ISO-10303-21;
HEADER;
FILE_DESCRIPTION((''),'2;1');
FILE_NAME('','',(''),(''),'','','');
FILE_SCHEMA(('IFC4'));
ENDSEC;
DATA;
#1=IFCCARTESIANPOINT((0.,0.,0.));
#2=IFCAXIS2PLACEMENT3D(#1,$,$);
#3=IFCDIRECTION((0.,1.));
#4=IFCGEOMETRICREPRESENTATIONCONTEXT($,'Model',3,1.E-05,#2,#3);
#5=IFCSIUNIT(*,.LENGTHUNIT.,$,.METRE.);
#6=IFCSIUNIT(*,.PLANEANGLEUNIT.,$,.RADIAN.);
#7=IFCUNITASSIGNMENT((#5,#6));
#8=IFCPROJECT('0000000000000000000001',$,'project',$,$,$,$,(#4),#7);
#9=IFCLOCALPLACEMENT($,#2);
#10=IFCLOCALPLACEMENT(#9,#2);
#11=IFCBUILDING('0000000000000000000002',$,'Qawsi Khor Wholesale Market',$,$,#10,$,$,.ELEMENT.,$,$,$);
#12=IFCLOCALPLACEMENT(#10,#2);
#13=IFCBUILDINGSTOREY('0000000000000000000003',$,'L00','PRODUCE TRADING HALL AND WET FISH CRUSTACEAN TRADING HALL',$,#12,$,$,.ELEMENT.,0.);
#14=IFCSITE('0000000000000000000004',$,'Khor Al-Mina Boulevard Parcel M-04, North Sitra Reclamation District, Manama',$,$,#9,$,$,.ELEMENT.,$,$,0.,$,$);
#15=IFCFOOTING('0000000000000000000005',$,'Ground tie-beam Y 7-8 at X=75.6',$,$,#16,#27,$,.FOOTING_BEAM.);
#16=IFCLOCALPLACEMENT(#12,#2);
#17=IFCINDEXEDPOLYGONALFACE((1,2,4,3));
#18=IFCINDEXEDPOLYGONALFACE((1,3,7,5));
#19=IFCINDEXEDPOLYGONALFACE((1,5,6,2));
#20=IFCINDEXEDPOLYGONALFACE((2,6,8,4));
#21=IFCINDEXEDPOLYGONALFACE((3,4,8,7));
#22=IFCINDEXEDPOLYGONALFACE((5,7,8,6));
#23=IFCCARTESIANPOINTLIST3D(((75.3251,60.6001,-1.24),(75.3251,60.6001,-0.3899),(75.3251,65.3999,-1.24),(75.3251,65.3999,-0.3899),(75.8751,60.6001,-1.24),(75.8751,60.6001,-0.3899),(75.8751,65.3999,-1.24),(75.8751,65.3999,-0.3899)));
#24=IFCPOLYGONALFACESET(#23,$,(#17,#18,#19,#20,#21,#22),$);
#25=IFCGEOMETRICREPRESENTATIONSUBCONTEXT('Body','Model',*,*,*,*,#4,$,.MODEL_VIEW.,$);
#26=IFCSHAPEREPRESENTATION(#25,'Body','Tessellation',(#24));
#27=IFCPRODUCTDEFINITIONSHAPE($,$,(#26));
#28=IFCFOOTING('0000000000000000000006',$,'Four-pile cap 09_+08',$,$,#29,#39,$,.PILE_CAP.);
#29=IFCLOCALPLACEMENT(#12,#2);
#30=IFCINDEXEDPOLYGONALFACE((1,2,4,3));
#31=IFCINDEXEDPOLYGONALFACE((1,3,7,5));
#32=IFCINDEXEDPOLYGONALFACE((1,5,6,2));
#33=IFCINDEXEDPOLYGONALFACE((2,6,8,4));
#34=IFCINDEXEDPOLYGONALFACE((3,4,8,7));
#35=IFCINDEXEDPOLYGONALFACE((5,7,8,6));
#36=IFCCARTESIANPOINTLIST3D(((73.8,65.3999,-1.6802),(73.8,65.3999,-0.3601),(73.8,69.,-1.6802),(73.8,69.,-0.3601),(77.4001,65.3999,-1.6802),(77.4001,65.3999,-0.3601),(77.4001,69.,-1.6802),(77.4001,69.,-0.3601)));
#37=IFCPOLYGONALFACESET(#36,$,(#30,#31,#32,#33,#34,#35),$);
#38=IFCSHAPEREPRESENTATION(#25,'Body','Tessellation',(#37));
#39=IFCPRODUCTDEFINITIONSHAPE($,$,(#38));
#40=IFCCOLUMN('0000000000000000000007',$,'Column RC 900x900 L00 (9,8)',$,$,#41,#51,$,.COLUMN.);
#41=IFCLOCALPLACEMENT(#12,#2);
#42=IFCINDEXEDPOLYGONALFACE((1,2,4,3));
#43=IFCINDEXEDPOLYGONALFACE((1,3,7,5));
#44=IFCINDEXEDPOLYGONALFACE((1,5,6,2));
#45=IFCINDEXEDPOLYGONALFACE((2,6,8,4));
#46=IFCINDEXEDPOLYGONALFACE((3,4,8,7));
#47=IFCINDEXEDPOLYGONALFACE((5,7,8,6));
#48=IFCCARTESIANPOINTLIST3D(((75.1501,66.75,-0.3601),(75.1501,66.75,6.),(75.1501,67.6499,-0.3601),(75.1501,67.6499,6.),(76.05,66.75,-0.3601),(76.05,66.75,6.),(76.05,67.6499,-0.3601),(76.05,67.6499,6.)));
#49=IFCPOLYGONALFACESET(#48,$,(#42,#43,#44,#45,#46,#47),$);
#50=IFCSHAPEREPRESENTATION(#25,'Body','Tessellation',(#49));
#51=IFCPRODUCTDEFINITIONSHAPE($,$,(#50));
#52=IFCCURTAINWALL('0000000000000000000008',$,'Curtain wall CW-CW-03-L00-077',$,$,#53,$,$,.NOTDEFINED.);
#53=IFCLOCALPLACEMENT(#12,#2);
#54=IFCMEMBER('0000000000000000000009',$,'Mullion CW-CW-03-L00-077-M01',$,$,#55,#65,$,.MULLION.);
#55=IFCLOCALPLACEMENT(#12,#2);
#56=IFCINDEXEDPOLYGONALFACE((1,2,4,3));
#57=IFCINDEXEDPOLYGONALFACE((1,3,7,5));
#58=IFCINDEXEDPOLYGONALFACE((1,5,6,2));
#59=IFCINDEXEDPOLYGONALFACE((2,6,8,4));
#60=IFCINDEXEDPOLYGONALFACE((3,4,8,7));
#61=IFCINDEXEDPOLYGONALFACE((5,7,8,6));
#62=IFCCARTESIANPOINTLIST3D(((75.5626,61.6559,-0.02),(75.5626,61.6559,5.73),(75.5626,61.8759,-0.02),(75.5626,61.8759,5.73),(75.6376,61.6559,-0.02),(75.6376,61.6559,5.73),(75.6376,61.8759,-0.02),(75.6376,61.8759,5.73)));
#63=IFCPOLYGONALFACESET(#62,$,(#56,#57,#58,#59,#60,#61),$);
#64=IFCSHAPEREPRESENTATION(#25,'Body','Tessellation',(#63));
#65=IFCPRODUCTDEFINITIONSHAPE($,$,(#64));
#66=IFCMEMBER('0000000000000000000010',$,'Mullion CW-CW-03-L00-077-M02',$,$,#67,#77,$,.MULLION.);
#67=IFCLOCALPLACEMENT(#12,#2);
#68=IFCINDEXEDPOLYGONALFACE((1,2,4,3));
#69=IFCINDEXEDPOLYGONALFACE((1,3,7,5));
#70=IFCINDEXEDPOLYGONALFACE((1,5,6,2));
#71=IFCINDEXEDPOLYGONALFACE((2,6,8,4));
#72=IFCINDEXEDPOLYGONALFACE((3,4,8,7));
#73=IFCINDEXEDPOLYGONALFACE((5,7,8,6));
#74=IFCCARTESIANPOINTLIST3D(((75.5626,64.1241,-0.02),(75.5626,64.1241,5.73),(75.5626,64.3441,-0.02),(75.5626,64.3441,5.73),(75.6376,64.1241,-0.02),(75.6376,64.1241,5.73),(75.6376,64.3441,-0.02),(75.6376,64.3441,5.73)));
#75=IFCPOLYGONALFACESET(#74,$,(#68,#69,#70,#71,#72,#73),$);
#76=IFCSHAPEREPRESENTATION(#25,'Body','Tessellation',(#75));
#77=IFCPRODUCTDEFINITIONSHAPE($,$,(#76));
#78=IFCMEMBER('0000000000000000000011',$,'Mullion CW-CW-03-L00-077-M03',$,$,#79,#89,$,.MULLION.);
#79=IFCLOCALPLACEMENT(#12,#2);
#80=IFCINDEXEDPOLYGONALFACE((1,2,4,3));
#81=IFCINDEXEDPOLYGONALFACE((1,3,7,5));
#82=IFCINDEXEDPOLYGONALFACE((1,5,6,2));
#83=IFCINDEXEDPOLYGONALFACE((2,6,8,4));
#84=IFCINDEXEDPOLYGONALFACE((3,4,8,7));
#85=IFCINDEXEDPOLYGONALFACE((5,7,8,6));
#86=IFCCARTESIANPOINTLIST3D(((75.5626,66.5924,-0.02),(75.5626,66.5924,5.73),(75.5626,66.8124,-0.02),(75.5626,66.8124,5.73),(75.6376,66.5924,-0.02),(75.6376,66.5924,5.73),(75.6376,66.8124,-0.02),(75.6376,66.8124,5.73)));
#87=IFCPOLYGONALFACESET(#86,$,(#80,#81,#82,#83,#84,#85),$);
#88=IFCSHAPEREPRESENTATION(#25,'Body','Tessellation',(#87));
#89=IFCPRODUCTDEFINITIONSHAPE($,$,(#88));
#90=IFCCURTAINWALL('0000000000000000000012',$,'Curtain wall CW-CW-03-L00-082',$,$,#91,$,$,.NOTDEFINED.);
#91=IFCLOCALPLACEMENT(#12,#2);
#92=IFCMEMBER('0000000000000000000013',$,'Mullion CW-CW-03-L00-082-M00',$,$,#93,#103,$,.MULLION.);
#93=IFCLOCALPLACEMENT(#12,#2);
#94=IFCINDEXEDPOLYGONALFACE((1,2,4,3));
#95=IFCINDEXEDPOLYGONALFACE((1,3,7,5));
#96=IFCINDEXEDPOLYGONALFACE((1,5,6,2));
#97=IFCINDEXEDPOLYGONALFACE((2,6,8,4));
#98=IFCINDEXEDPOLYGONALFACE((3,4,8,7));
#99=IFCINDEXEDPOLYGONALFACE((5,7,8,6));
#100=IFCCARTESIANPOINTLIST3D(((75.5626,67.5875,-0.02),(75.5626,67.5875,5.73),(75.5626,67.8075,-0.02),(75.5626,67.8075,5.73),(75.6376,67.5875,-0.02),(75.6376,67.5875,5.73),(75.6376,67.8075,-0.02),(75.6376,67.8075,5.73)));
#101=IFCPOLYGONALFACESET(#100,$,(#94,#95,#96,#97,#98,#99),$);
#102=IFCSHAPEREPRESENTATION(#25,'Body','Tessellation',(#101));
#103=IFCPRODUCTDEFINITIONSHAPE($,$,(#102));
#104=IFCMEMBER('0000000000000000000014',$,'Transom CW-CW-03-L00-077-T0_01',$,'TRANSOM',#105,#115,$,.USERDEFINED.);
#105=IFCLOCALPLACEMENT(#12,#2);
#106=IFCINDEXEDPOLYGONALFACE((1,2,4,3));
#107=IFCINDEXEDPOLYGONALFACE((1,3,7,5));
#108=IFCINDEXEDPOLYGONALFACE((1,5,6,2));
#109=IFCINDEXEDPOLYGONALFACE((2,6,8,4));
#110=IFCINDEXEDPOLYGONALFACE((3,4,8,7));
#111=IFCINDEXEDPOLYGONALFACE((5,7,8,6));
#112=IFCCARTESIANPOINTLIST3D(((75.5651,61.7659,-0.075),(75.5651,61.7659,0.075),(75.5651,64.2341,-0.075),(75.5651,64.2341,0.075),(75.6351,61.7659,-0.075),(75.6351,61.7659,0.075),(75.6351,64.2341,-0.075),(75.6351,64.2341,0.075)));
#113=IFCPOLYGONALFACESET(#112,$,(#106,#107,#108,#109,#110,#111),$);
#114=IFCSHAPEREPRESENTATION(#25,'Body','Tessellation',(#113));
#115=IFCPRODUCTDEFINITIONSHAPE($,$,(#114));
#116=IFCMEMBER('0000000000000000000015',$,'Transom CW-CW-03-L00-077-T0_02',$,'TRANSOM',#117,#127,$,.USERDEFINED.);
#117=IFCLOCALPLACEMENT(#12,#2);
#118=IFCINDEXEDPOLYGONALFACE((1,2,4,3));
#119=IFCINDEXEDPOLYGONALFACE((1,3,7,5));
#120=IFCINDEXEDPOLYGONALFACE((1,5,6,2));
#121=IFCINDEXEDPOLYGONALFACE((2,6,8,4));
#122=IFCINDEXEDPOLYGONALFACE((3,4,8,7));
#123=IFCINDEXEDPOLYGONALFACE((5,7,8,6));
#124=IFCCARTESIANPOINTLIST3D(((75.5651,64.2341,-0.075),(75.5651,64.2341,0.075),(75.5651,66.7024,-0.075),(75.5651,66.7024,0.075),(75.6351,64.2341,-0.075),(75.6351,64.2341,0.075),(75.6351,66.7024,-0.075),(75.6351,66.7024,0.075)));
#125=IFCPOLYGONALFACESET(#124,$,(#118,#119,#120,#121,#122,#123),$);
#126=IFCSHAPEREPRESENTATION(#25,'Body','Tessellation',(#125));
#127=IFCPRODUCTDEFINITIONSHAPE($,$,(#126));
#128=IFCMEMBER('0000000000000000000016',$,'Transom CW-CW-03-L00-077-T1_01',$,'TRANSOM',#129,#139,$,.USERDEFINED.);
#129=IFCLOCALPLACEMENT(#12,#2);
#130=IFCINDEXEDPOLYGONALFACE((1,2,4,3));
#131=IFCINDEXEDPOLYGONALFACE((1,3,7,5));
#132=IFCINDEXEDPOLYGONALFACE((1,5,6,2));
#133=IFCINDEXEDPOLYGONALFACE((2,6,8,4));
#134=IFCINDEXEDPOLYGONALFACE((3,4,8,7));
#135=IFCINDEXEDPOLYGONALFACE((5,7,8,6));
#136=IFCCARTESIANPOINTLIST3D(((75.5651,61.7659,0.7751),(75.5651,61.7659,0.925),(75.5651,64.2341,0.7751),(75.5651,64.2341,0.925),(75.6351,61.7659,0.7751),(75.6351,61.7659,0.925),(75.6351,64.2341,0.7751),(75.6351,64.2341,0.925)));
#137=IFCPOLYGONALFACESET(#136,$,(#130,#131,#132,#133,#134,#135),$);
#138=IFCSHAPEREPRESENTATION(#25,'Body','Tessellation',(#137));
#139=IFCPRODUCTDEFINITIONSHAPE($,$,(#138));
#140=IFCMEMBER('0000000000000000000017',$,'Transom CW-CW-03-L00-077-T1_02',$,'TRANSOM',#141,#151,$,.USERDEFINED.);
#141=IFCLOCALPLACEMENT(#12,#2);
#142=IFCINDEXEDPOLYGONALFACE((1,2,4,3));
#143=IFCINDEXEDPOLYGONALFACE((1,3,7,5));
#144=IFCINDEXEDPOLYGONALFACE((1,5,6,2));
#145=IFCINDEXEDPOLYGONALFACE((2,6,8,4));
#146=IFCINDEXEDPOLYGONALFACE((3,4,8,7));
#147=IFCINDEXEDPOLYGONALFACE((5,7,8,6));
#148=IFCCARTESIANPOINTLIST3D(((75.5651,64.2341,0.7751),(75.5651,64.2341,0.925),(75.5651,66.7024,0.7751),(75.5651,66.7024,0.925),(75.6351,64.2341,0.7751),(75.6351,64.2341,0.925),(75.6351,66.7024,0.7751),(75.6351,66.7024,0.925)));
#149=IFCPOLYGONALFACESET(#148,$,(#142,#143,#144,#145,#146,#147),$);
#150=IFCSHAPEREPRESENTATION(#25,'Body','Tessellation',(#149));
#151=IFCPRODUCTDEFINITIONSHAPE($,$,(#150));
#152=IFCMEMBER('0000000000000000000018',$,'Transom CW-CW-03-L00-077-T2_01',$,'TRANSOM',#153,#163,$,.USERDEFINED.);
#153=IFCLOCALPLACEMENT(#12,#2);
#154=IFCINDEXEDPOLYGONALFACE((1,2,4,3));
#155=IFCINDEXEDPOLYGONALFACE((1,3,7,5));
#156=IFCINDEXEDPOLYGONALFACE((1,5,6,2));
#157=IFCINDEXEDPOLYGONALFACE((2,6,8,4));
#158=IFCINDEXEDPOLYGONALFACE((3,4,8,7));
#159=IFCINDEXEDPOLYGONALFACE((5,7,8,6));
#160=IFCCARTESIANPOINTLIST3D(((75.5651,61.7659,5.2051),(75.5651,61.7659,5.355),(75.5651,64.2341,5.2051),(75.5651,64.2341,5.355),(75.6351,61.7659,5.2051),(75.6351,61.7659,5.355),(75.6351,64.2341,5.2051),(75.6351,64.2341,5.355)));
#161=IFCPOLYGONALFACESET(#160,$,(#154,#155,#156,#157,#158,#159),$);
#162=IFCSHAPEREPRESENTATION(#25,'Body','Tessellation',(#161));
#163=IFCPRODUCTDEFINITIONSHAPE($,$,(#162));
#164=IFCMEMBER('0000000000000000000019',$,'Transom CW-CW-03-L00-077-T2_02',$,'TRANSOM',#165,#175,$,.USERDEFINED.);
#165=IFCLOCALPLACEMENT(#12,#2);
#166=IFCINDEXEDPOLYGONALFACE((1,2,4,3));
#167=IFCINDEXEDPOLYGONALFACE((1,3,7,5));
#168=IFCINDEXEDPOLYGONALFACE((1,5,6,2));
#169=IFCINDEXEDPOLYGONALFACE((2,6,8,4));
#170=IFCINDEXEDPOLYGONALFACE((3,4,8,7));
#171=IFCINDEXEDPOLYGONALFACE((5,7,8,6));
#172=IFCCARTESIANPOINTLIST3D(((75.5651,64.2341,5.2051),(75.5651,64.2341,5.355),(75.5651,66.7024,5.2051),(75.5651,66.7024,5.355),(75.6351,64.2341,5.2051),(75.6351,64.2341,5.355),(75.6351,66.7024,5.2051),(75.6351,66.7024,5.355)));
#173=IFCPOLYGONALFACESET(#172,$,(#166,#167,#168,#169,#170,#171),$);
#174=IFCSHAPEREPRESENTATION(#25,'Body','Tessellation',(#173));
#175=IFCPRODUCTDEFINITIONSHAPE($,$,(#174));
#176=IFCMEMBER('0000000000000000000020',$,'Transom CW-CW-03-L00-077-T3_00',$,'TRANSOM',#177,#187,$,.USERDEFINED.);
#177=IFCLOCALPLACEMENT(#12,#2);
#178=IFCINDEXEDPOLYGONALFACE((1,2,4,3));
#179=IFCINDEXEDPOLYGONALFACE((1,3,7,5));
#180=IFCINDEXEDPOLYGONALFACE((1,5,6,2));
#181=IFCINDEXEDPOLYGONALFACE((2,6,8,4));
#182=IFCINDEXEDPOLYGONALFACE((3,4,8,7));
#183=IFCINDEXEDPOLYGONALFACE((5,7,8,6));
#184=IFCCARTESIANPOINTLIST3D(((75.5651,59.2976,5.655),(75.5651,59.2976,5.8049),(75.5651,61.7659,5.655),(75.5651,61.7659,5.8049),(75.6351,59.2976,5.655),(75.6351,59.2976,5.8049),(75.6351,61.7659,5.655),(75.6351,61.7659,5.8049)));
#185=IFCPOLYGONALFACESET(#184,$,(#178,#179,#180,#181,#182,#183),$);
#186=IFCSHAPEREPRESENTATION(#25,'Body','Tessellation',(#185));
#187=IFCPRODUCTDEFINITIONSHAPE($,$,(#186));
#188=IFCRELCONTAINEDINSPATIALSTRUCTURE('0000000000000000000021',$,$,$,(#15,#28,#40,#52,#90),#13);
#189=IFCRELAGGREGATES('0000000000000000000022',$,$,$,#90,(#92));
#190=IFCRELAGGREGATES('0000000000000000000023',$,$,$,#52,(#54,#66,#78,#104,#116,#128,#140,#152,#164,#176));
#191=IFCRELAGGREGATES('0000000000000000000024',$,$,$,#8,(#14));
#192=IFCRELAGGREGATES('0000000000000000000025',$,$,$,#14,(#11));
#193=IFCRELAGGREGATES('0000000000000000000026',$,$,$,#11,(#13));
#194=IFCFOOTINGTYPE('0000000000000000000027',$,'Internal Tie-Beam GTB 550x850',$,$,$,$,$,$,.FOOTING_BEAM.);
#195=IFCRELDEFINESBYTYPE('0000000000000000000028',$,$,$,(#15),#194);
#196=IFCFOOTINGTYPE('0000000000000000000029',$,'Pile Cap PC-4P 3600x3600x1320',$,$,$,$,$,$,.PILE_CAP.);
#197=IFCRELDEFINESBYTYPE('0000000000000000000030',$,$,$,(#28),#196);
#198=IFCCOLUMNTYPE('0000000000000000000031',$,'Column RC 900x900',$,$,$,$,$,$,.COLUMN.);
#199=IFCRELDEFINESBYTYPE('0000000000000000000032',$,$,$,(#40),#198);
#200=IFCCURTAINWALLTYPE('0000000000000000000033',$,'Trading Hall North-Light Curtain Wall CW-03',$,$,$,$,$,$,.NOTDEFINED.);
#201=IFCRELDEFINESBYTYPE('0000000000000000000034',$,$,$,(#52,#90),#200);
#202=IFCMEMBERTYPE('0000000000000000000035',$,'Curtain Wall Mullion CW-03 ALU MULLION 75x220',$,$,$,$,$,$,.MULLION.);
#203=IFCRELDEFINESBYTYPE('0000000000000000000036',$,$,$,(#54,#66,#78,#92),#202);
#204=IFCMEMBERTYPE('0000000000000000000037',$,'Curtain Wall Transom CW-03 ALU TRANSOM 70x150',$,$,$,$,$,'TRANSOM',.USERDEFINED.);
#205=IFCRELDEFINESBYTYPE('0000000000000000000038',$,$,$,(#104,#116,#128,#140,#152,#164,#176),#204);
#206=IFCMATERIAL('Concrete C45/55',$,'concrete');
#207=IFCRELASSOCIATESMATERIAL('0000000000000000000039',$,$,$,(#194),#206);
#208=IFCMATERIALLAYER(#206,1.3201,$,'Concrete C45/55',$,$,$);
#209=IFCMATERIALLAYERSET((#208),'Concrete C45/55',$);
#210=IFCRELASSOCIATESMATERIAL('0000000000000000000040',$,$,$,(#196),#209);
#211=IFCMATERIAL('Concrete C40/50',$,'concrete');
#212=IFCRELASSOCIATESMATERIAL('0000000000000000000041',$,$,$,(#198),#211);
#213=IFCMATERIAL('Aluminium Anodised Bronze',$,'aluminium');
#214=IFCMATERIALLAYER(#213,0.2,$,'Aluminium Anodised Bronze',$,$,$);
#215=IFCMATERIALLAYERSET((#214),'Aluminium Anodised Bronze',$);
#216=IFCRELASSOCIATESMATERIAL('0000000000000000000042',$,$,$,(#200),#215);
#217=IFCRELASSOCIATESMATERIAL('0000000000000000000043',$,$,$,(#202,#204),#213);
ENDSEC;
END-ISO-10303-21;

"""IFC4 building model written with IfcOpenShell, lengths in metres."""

from ifc_helpers import new_model, si_unit, direction, frame, origin, origin_2d, place, context, subcontext, project, spatial, rectangle, extrude, material, layer, layer_set, material_profile, profile_set, type_object, element, aggregate, save


model = new_model("IFC4")

# Units and contexts
model_context = context("Model", 3, precision=1e-05, world=origin(), true_north=direction((0.0, 1.0)))
body_context = subcontext(model_context, "Body", "Model", "MODEL_VIEW")
ifc_project = project(units=[si_unit("LENGTHUNIT", "METRE"), si_unit("PLANEANGLEUNIT", "RADIAN")], contexts=[model_context])

# Site, building, storey
site_placement = place(None, origin())
site = spatial("IfcSite", under=ifc_project, at=site_placement, Name="Khor Al-Mina Boulevard Parcel M-04, North Sitra Reclamation District, Manama", CompositionType="ELEMENT", RefElevation=0.0)
building_placement = place(site_placement, origin())
building = spatial("IfcBuilding", under=site, at=building_placement, Name="Qawsi Khor Wholesale Market", CompositionType="ELEMENT")
storey_placement = place(building_placement, origin())
storey = spatial("IfcBuildingStorey", under=building, at=storey_placement, Name="L00", Description="PRODUCE TRADING HALL AND WET FISH CRUSTACEAN TRADING HALL", CompositionType="ELEMENT", Elevation=0.0)

# Footings
ifc_material_1 = material(Name="Concrete C45/55", Category="concrete")
ifc_material_profile_1 = material_profile(ifc_material_1, rectangle(XDim=0.55, YDim=0.8501, at=origin_2d()), Name="RC 550x850")
ifc_profile_set_1 = profile_set([ifc_material_profile_1], Name="Concrete C45/55")
footing_type_1 = type_object("IfcFootingType", Name="Internal Tie-Beam GTB 550x850", PredefinedType="FOOTING_BEAM", material=ifc_profile_set_1)
footing_1_placement = place(storey_placement, frame((75.6001, 60.6001, -0.8149), z_axis=(0.0, 1.0, 0.0), x_axis=(-1.0, 0.0, 0.0)))
element("IfcFooting", 1, at=footing_1_placement, inside=storey, type_object=footing_type_1, Name="Ground tie-beam Y 7-8 at X=75.6", PredefinedType="FOOTING_BEAM", context=body_context, shape_type="SweptSolid", body=[
    extrude(rectangle(XDim=0.55, YDim=0.8501, at=origin_2d()), origin(), (0.0, 0.0, 1.0), 4.7998),
])
ifc_layer_1 = layer(ifc_material_1, 1.3201, Name="Concrete C45/55")
ifc_layer_set_1 = layer_set([ifc_layer_1], Name="Concrete C45/55")
footing_type_2 = type_object("IfcFootingType", Name="Pile Cap PC-4P 3600x3600x1320", PredefinedType="PILE_CAP", material=ifc_layer_set_1)
footing_2_placement = place(storey_placement, frame((75.6001, 67.2, -1.6802), z_axis=(0.0, 0.0, 1.0), x_axis=(1.0, 0.0, 0.0)))
element("IfcFooting", 2, at=footing_2_placement, inside=storey, type_object=footing_type_2, Name="Four-pile cap 09_+08", PredefinedType="PILE_CAP", context=body_context, shape_type="SweptSolid", body=[
    extrude(rectangle(XDim=3.6001, YDim=3.6001, at=origin_2d()), origin(), (0.0, 0.0, 1.0), 1.3201),
])

# Column
ifc_material_2 = material(Name="Concrete C40/50", Category="concrete")
ifc_material_profile_2 = material_profile(ifc_material_2, rectangle(XDim=0.8999, YDim=0.8999, at=origin_2d()), Name="RC 900x900")
ifc_profile_set_2 = profile_set([ifc_material_profile_2], Name="Concrete C40/50")
column_type = type_object("IfcColumnType", Name="Column RC 900x900", PredefinedType="COLUMN", material=ifc_profile_set_2)
column_placement = place(storey_placement, frame((75.6001, 67.2, -0.3601), z_axis=(0.0, 0.0, 1.0), x_axis=(1.0, 0.0, 0.0)))
element("IfcColumn", 3, at=column_placement, inside=storey, type_object=column_type, Name="Column RC 900x900 L00 (9,8)", PredefinedType="COLUMN", context=body_context, shape_type="SweptSolid", body=[
    extrude(rectangle(XDim=0.8999, YDim=0.8999, at=origin_2d()), origin(), (0.0, 0.0, 1.0), 6.3601),
])

# Curtain wall, members
ifc_material_3 = material(Name="Aluminium Anodised Bronze", Category="aluminium")
ifc_layer_2 = layer(ifc_material_3, 0.2, Name="Aluminium Anodised Bronze")
ifc_layer_set_2 = layer_set([ifc_layer_2], Name="Aluminium Anodised Bronze")
curtain_wall_type = type_object("IfcCurtainWallType", Name="Trading Hall North-Light Curtain Wall CW-03", PredefinedType="NOTDEFINED", material=ifc_layer_set_2)
curtain_wall_1_placement = place(storey_placement, origin())
curtain_wall_1 = element("IfcCurtainWall", 4, at=curtain_wall_1_placement, inside=storey, type_object=curtain_wall_type, Name="Curtain wall CW-CW-03-L00-077", PredefinedType="NOTDEFINED")
ifc_material_profile_3 = material_profile(ifc_material_3, rectangle(XDim=0.075, YDim=0.22, at=origin_2d()), Name="ALU MULLION 75x220")
ifc_profile_set_3 = profile_set([ifc_material_profile_3], Name="Aluminium Anodised Bronze")
member_type_1 = type_object("IfcMemberType", Name="Curtain Wall Mullion CW-03 ALU MULLION 75x220", PredefinedType="MULLION", material=ifc_profile_set_3)
member_1_placement = place(storey_placement, frame((75.6001, 61.7659, -0.02), z_axis=(0.0, 0.0, 1.0), x_axis=(1.0, 0.0, 0.0)))
member_1 = element("IfcMember", 5, at=member_1_placement, type_object=member_type_1, Name="Mullion CW-CW-03-L00-077-M01", PredefinedType="MULLION", context=body_context, shape_type="SweptSolid", body=[
    extrude(rectangle(XDim=0.075, YDim=0.22, at=origin_2d()), origin(), (0.0, 0.0, 1.0), 5.75),
])
member_2_placement = place(storey_placement, frame((75.6001, 64.2341, -0.02), z_axis=(0.0, 0.0, 1.0), x_axis=(1.0, 0.0, 0.0)))
member_2 = element("IfcMember", 6, at=member_2_placement, type_object=member_type_1, Name="Mullion CW-CW-03-L00-077-M02", PredefinedType="MULLION", context=body_context, shape_type="SweptSolid", body=[
    extrude(rectangle(XDim=0.075, YDim=0.22, at=origin_2d()), origin(), (0.0, 0.0, 1.0), 5.75),
])
member_3_placement = place(storey_placement, frame((75.6001, 66.7024, -0.02), z_axis=(0.0, 0.0, 1.0), x_axis=(1.0, 0.0, 0.0)))
member_3 = element("IfcMember", 7, at=member_3_placement, type_object=member_type_1, Name="Mullion CW-CW-03-L00-077-M03", PredefinedType="MULLION", context=body_context, shape_type="SweptSolid", body=[
    extrude(rectangle(XDim=0.075, YDim=0.22, at=origin_2d()), origin(), (0.0, 0.0, 1.0), 5.75),
])

# Curtain wall, member
curtain_wall_2_placement = place(storey_placement, origin())
curtain_wall_2 = element("IfcCurtainWall", 8, at=curtain_wall_2_placement, inside=storey, type_object=curtain_wall_type, Name="Curtain wall CW-CW-03-L00-082", PredefinedType="NOTDEFINED")
member_4_placement = place(storey_placement, frame((75.6001, 67.6975, -0.02), z_axis=(0.0, 0.0, 1.0), x_axis=(1.0, 0.0, 0.0)))
member_4 = element("IfcMember", 9, at=member_4_placement, type_object=member_type_1, Name="Mullion CW-CW-03-L00-082-M00", PredefinedType="MULLION", context=body_context, shape_type="SweptSolid", body=[
    extrude(rectangle(XDim=0.075, YDim=0.22, at=origin_2d()), origin(), (0.0, 0.0, 1.0), 5.75),
])

# Members
ifc_material_profile_4 = material_profile(ifc_material_3, rectangle(XDim=0.0701, YDim=0.1499, at=origin_2d()), Name="ALU TRANSOM 70x150")
ifc_profile_set_4 = profile_set([ifc_material_profile_4], Name="Aluminium Anodised Bronze")
member_type_2 = type_object("IfcMemberType", Name="Curtain Wall Transom CW-03 ALU TRANSOM 70x150", ElementType="TRANSOM", PredefinedType="USERDEFINED", material=ifc_profile_set_4)
member_5_placement = place(storey_placement, frame((75.6001, 61.7659, 0.0), z_axis=(0.0, 1.0, 0.0), x_axis=(-1.0, 0.0, 0.0)))
member_5 = element("IfcMember", 10, at=member_5_placement, type_object=member_type_2, Name="Transom CW-CW-03-L00-077-T0_01", ObjectType="TRANSOM", PredefinedType="USERDEFINED", context=body_context, shape_type="SweptSolid", body=[
    extrude(rectangle(XDim=0.0701, YDim=0.1499, at=origin_2d()), origin(), (0.0, 0.0, 1.0), 2.4683),
])
member_6_placement = place(storey_placement, frame((75.6001, 64.2341, 0.0), z_axis=(0.0, 1.0, 0.0), x_axis=(-1.0, 0.0, 0.0)))
member_6 = element("IfcMember", 11, at=member_6_placement, type_object=member_type_2, Name="Transom CW-CW-03-L00-077-T0_02", ObjectType="TRANSOM", PredefinedType="USERDEFINED", context=body_context, shape_type="SweptSolid", body=[
    extrude(rectangle(XDim=0.0701, YDim=0.1499, at=origin_2d()), origin(), (0.0, 0.0, 1.0), 2.4683),
])
member_7_placement = place(storey_placement, frame((75.6001, 61.7659, 0.8501), z_axis=(0.0, 1.0, 0.0), x_axis=(-1.0, 0.0, 0.0)))
member_7 = element("IfcMember", 12, at=member_7_placement, type_object=member_type_2, Name="Transom CW-CW-03-L00-077-T1_01", ObjectType="TRANSOM", PredefinedType="USERDEFINED", context=body_context, shape_type="SweptSolid", body=[
    extrude(rectangle(XDim=0.0701, YDim=0.1499, at=origin_2d()), origin(), (0.0, 0.0, 1.0), 2.4683),
])
member_8_placement = place(storey_placement, frame((75.6001, 64.2341, 0.8501), z_axis=(0.0, 1.0, 0.0), x_axis=(-1.0, 0.0, 0.0)))
member_8 = element("IfcMember", 13, at=member_8_placement, type_object=member_type_2, Name="Transom CW-CW-03-L00-077-T1_02", ObjectType="TRANSOM", PredefinedType="USERDEFINED", context=body_context, shape_type="SweptSolid", body=[
    extrude(rectangle(XDim=0.0701, YDim=0.1499, at=origin_2d()), origin(), (0.0, 0.0, 1.0), 2.4683),
])
member_9_placement = place(storey_placement, frame((75.6001, 61.7659, 5.28), z_axis=(0.0, 1.0, 0.0), x_axis=(-1.0, 0.0, 0.0)))
member_9 = element("IfcMember", 14, at=member_9_placement, type_object=member_type_2, Name="Transom CW-CW-03-L00-077-T2_01", ObjectType="TRANSOM", PredefinedType="USERDEFINED", context=body_context, shape_type="SweptSolid", body=[
    extrude(rectangle(XDim=0.0701, YDim=0.1499, at=origin_2d()), origin(), (0.0, 0.0, 1.0), 2.4683),
])
member_10_placement = place(storey_placement, frame((75.6001, 64.2341, 5.28), z_axis=(0.0, 1.0, 0.0), x_axis=(-1.0, 0.0, 0.0)))
member_10 = element("IfcMember", 15, at=member_10_placement, type_object=member_type_2, Name="Transom CW-CW-03-L00-077-T2_02", ObjectType="TRANSOM", PredefinedType="USERDEFINED", context=body_context, shape_type="SweptSolid", body=[
    extrude(rectangle(XDim=0.0701, YDim=0.1499, at=origin_2d()), origin(), (0.0, 0.0, 1.0), 2.4683),
])
member_11_placement = place(storey_placement, frame((75.6001, 59.2976, 5.73), z_axis=(0.0, 1.0, 0.0), x_axis=(-1.0, 0.0, 0.0)))
member_11 = element("IfcMember", 16, at=member_11_placement, type_object=member_type_2, Name="Transom CW-CW-03-L00-077-T3_00", ObjectType="TRANSOM", PredefinedType="USERDEFINED", context=body_context, shape_type="SweptSolid", body=[
    extrude(rectangle(XDim=0.0701, YDim=0.1499, at=origin_2d()), origin(), (0.0, 0.0, 1.0), 2.4683),
])
aggregate(curtain_wall_2, [member_4])

aggregate(curtain_wall_1, [member_1, member_2, member_3, member_5, member_6, member_7, member_8, member_9, member_10, member_11])

save(model, "model.ifc")
